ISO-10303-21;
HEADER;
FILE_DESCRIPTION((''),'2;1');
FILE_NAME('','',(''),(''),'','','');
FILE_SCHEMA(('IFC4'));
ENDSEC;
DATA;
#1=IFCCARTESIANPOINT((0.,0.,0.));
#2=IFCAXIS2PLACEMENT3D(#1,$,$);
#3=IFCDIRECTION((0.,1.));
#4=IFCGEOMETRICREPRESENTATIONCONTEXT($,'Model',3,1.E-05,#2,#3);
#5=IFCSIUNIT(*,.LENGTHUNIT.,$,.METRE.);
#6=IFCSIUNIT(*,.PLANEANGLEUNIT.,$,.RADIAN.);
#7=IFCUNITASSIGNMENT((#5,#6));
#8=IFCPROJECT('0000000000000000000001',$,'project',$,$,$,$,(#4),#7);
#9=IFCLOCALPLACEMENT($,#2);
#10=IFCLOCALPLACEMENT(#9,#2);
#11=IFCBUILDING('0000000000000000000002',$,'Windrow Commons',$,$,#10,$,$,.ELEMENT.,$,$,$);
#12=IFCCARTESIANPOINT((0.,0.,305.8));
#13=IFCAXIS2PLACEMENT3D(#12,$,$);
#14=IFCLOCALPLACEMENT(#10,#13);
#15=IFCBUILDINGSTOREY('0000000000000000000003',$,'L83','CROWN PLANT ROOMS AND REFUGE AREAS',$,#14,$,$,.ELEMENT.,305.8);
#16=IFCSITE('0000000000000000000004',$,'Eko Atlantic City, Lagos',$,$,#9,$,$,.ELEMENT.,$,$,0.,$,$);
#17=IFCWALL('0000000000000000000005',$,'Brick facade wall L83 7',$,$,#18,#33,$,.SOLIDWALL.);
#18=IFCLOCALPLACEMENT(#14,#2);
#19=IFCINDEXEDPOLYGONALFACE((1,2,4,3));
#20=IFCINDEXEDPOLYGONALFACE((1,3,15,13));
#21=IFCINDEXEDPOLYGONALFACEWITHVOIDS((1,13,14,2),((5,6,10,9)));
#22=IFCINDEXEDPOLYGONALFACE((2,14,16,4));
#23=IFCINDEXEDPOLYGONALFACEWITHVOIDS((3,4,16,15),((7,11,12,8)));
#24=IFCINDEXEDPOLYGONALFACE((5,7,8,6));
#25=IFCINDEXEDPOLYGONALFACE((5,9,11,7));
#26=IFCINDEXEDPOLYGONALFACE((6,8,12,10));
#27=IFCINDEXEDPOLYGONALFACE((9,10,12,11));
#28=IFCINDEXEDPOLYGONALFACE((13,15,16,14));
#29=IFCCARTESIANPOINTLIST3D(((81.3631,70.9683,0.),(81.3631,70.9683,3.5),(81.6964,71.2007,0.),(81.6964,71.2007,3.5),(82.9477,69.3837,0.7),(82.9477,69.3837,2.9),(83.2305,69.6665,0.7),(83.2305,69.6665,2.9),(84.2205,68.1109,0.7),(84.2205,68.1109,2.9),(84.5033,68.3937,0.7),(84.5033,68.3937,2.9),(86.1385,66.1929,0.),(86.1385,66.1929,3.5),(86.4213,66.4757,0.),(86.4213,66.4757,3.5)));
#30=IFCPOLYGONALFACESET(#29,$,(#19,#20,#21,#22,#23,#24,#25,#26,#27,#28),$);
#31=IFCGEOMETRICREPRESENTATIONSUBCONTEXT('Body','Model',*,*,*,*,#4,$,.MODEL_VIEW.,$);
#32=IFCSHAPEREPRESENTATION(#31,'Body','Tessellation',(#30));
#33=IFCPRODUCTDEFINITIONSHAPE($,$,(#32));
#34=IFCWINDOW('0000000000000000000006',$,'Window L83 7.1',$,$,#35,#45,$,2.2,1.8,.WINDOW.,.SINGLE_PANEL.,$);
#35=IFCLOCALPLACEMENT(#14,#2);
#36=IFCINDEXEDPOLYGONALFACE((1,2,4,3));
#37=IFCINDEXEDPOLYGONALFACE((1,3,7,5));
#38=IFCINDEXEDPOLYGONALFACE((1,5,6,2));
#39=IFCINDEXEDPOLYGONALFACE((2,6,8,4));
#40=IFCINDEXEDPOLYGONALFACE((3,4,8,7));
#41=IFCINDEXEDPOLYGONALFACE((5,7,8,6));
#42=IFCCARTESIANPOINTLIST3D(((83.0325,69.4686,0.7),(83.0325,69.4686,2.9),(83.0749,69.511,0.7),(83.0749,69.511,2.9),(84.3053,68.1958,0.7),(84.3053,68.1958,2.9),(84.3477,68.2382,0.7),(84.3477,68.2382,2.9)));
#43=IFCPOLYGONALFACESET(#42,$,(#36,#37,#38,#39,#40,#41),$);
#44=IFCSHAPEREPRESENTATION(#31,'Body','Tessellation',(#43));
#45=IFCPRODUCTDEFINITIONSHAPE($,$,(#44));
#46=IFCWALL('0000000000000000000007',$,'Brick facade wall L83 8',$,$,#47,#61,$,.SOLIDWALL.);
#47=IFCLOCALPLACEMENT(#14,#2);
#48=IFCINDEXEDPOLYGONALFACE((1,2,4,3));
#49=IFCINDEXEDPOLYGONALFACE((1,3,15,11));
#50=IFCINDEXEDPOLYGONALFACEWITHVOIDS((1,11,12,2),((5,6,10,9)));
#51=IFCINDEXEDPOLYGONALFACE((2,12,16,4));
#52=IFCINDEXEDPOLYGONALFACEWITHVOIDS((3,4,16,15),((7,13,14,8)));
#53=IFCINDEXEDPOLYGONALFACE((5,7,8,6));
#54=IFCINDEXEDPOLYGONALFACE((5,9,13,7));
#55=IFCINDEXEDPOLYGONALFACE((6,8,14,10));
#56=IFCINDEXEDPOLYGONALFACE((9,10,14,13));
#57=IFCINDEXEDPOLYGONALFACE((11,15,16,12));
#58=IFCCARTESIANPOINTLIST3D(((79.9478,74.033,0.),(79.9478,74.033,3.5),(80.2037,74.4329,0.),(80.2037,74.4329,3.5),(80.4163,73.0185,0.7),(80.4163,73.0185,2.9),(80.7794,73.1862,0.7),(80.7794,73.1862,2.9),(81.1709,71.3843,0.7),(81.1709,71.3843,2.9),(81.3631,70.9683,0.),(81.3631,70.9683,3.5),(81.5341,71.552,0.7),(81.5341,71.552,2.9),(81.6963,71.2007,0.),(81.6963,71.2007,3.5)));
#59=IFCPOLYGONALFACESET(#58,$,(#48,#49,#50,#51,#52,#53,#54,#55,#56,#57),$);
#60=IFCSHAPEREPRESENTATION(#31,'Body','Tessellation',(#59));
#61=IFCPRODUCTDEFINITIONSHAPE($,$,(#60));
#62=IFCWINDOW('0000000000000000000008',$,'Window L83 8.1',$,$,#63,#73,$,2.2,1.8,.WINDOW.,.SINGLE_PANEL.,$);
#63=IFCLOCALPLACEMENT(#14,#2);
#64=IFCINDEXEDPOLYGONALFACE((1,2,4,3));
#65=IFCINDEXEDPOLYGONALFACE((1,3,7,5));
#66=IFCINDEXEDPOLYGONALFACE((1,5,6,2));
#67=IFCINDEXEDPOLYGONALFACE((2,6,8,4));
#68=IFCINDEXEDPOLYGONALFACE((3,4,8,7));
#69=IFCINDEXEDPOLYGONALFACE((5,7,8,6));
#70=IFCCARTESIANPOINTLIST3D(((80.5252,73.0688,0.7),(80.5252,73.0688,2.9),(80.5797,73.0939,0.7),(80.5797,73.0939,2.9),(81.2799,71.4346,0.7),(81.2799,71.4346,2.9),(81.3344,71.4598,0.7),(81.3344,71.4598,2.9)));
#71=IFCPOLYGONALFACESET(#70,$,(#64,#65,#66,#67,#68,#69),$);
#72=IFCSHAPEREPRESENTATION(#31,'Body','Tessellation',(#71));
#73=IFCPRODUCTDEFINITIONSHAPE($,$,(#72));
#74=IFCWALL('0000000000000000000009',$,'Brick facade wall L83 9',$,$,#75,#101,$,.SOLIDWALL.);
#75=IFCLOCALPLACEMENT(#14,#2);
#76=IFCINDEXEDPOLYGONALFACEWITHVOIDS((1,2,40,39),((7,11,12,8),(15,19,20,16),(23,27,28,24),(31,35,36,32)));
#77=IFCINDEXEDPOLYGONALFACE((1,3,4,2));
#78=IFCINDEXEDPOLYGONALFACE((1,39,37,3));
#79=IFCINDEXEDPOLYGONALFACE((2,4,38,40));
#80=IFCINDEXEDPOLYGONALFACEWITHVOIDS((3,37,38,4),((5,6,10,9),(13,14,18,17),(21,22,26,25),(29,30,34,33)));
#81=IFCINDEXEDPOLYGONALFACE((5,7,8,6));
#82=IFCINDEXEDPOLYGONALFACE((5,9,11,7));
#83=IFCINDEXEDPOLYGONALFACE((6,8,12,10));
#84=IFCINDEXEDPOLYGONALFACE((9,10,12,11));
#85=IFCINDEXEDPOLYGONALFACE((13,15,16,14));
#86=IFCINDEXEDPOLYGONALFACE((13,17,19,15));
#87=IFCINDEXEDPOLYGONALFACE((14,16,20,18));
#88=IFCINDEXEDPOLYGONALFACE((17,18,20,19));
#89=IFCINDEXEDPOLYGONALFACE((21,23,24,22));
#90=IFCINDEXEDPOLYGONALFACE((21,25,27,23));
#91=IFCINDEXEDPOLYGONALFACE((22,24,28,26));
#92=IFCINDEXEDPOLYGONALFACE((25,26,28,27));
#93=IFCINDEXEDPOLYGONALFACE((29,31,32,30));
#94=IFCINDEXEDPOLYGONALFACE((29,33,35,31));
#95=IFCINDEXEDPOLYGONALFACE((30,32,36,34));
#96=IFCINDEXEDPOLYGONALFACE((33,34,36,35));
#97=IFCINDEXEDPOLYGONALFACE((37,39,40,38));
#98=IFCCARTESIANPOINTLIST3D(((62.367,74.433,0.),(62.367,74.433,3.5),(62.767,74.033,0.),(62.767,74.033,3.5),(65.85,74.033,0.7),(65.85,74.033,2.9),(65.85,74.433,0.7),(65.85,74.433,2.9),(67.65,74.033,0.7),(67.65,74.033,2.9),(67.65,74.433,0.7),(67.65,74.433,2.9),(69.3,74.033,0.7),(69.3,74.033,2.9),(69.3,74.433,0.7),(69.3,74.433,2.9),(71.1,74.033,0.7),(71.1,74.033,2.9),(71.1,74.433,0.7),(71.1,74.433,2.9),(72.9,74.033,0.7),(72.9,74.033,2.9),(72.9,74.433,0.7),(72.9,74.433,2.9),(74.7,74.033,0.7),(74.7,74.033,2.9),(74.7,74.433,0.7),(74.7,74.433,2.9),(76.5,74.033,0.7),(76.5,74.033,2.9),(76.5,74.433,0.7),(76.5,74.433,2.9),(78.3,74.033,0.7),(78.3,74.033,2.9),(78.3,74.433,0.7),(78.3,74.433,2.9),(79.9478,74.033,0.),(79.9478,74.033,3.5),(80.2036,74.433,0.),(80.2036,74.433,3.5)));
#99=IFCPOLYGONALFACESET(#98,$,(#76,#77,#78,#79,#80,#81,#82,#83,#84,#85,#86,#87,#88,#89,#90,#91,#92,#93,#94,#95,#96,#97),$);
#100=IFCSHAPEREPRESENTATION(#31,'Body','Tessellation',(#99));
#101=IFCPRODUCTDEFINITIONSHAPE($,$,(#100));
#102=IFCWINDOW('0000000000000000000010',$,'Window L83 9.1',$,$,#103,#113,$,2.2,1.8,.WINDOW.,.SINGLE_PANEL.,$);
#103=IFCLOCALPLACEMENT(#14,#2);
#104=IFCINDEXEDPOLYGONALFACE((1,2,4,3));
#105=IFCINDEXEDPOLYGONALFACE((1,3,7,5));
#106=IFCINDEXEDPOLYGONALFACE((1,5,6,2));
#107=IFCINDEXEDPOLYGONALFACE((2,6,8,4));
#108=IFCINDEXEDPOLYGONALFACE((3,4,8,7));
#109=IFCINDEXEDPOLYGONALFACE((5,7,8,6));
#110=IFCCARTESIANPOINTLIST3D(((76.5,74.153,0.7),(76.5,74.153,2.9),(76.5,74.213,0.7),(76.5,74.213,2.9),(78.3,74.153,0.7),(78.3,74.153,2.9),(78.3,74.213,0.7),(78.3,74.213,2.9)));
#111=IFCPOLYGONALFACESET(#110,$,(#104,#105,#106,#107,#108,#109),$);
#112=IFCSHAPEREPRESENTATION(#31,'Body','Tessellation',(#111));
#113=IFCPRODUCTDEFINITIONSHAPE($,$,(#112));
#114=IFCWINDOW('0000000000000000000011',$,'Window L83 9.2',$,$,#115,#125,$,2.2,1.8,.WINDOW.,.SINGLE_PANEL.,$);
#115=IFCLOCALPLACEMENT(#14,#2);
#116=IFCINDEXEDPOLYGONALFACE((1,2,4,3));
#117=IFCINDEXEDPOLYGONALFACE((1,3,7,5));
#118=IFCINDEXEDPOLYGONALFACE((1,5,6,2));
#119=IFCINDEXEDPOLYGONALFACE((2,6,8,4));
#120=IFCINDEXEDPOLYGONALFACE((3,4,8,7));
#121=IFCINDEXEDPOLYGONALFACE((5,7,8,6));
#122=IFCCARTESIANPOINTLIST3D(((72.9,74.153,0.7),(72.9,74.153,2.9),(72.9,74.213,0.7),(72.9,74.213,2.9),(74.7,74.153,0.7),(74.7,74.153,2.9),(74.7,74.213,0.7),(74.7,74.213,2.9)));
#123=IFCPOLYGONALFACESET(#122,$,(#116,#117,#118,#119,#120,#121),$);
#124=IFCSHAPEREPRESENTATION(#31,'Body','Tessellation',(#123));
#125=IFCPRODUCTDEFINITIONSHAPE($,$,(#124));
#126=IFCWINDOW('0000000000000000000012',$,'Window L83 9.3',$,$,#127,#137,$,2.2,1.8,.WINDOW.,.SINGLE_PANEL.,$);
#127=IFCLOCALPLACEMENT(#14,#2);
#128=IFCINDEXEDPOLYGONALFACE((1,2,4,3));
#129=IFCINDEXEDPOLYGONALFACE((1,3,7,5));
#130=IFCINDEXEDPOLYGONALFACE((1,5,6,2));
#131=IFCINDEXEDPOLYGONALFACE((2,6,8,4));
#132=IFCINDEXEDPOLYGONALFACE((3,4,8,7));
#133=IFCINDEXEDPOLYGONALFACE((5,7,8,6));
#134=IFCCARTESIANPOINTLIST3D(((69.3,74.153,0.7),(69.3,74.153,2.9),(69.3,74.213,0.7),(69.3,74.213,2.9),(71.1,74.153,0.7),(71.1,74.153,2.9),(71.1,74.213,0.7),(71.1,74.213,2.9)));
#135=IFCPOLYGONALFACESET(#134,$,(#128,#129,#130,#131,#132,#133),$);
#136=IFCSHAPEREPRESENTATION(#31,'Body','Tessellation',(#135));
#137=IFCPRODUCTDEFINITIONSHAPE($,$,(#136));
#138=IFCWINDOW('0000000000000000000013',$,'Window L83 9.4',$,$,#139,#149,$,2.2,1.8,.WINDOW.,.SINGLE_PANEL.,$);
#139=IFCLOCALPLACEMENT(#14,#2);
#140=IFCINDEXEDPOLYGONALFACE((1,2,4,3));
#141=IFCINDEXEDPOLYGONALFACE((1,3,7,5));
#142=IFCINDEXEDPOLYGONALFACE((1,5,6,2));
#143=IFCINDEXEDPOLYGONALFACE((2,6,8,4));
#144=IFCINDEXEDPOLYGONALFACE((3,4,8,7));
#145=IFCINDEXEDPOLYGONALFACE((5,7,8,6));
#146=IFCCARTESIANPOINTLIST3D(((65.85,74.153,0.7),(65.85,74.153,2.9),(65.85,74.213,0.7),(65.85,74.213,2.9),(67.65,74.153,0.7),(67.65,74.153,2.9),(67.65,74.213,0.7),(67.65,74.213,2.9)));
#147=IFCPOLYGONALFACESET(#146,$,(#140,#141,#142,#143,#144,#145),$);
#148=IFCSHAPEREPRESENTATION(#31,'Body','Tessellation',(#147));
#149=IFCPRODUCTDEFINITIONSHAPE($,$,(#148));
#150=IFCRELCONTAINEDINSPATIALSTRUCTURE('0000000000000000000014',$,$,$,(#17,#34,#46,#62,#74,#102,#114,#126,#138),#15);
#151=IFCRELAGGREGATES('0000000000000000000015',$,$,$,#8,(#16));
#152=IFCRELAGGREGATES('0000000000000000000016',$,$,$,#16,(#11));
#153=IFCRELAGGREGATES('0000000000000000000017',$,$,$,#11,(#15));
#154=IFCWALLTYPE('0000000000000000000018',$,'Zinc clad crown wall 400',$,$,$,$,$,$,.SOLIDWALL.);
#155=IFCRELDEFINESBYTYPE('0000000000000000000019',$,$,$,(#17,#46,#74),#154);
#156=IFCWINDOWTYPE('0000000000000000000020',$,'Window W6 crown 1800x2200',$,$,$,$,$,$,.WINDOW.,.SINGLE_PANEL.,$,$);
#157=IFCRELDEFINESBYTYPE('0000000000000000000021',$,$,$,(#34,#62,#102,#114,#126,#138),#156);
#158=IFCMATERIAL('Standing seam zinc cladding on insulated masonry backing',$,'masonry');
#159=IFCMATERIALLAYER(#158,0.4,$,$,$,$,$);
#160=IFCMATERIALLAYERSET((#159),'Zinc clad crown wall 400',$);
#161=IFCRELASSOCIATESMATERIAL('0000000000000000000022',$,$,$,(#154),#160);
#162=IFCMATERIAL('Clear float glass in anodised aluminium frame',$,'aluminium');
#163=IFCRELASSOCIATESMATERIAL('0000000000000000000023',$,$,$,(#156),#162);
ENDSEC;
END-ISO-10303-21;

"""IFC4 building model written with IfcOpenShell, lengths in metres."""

from ifc_helpers import new_model, si_unit, direction, frame, frame_2d, origin, place, context, subcontext, project, spatial, polyline, rectangle, outline, extrude, material, layer, layer_set, type_object, element, fill, save


model = new_model("IFC4")

# Units and contexts
model_context = context("Model", 3, precision=1e-05, world=origin(), true_north=direction((0.0, 1.0)))
body_context = subcontext(model_context, "Body", "Model", "MODEL_VIEW")
ifc_project = project(units=[si_unit("LENGTHUNIT", "METRE"), si_unit("PLANEANGLEUNIT", "RADIAN")], contexts=[model_context])

# Site, building, storey
site_placement = place(None, origin())
site = spatial("IfcSite", under=ifc_project, at=site_placement, Name="Eko Atlantic City, Lagos", CompositionType="ELEMENT", RefElevation=0.0)
building_placement = place(site_placement, origin())
building = spatial("IfcBuilding", under=site, at=building_placement, Name="Windrow Commons", CompositionType="ELEMENT")
storey_placement = place(building_placement, frame((0.0, 0.0, 305.8)))
storey = spatial("IfcBuildingStorey", under=building, at=storey_placement, Name="L83", Description="CROWN PLANT ROOMS AND REFUGE AREAS", CompositionType="ELEMENT", Elevation=305.8)

# Walls, openings, windows
ifc_material_1 = material(Name="Standing seam zinc cladding on insulated masonry backing", Category="masonry")
ifc_layer_1 = layer(ifc_material_1, 0.4)
ifc_layer_set_1 = layer_set([ifc_layer_1], Name="Zinc clad crown wall 400")
wall_type_1 = type_object("IfcWallType", Name="Zinc clad crown wall 400", PredefinedType="SOLIDWALL", material=ifc_layer_set_1)
wall_1_placement = place(storey_placement, frame((86.2799, 66.3343, 0.0), z_axis=(0.0, 0.0, 1.0), x_axis=(-0.707107, 0.707107, 0.0)))
wall_1 = element("IfcWall", 1, at=wall_1_placement, inside=storey, type_object=wall_type_1, Name="Brick facade wall L83 7", PredefinedType="SOLIDWALL", context=body_context, shape_type="SweptSolid", body=[
    extrude(outline(polyline([(0.0, -0.2), (6.6821, -0.2), (6.7534, 0.2), (0.0, 0.2), (0.0, -0.2)])), origin(), (0.0, 0.0, 1.0), 3.5),
])
opening_1_placement = place(wall_1_placement, frame((2.7125, 0.0, 0.7)))
opening_1 = element("IfcOpeningElement", 2, at=opening_1_placement, cuts=wall_1, PredefinedType="OPENING", context=body_context, shape_type="SweptSolid", body=[
    extrude(rectangle(XDim=1.8, YDim=2.2, at=frame_2d((0.9, 1.1))), frame((0.0, 0.21, 0.0), z_axis=(0.0, -1.0, 0.0), x_axis=(1.0, 0.0, 0.0)), (0.0, 0.0, 1.0), 0.42),
])
ifc_material_2 = material(Name="Clear float glass in anodised aluminium frame", Category="aluminium")
window_type = type_object("IfcWindowType", Name="Window W6 crown 1800x2200", PartitioningType="SINGLE_PANEL", PredefinedType="WINDOW", material=ifc_material_2)
window_1_placement = place(opening_1_placement, origin())
window_1 = element("IfcWindow", 3, at=window_1_placement, inside=storey, type_object=window_type, Name="Window L83 7.1", OverallHeight=2.2, OverallWidth=1.8, PartitioningType="SINGLE_PANEL", PredefinedType="WINDOW", context=body_context, shape_type="SweptSolid", body=[
    extrude(rectangle(XDim=1.8, YDim=2.2, at=frame_2d((0.9, 1.1))), frame((0.0, 0.08, 0.0), z_axis=(0.0, -1.0, 0.0), x_axis=(1.0, 0.0, 0.0)), (0.0, 0.0, 1.0), 0.06),
])
fill(opening_1, window_1)
wall_2_placement = place(storey_placement, frame((81.5297, 71.0845, 0.0), z_axis=(0.0, 0.0, 1.0), x_axis=(-0.419259, 0.907867, 0.0)))
wall_2 = element("IfcWall", 4, at=wall_2_placement, inside=storey, type_object=wall_type_1, Name="Brick facade wall L83 8", PredefinedType="SOLIDWALL", context=body_context, shape_type="SweptSolid", body=[
    extrude(outline(polyline([(0.0356, -0.2), (3.5959, -0.2), (3.3401, 0.2), (-0.0356, 0.2), (0.0356, -0.2)])), origin(), (0.0, 0.0, 1.0), 3.5),
])
opening_2_placement = place(wall_2_placement, frame((0.4226, 0.0, 0.7)))
opening_2 = element("IfcOpeningElement", 5, at=opening_2_placement, cuts=wall_2, PredefinedType="OPENING", context=body_context, shape_type="SweptSolid", body=[
    extrude(rectangle(XDim=1.8, YDim=2.2, at=frame_2d((0.9, 1.1))), frame((0.0, 0.21, 0.0), z_axis=(0.0, -1.0, 0.0), x_axis=(1.0, 0.0, 0.0)), (0.0, 0.0, 1.0), 0.42),
])
window_2_placement = place(opening_2_placement, origin())
window_2 = element("IfcWindow", 6, at=window_2_placement, inside=storey, type_object=window_type, Name="Window L83 8.1", OverallHeight=2.2, OverallWidth=1.8, PartitioningType="SINGLE_PANEL", PredefinedType="WINDOW", context=body_context, shape_type="SweptSolid", body=[
    extrude(rectangle(XDim=1.8, YDim=2.2, at=frame_2d((0.9, 1.1))), frame((0.0, 0.08, 0.0), z_axis=(0.0, -1.0, 0.0), x_axis=(1.0, 0.0, 0.0)), (0.0, 0.0, 1.0), 0.06),
])
fill(opening_2, window_2)

# Wall, openings, windows
wall_3_placement = place(storey_placement, frame((80.0757, 74.233, 0.0), z_axis=(0.0, 0.0, 1.0), x_axis=(-1.0, 0.0, 0.0)))
wall_3 = element("IfcWall", 7, at=wall_3_placement, inside=storey, type_object=wall_type_1, Name="Brick facade wall L83 9", PredefinedType="SOLIDWALL", context=body_context, shape_type="SweptSolid", body=[
    extrude(outline(polyline([(-0.1279, -0.2), (17.7087, -0.2), (17.3087, 0.2), (0.1279, 0.2), (-0.1279, -0.2)])), origin(), (0.0, 0.0, 1.0), 3.5),
])
opening_3_placement = place(wall_3_placement, frame((1.7757, 0.0, 0.7)))
opening_3 = element("IfcOpeningElement", 8, at=opening_3_placement, cuts=wall_3, PredefinedType="OPENING", context=body_context, shape_type="SweptSolid", body=[
    extrude(rectangle(XDim=1.8, YDim=2.2, at=frame_2d((0.9, 1.1))), frame((0.0, 0.21, 0.0), z_axis=(0.0, -1.0, 0.0), x_axis=(1.0, 0.0, 0.0)), (0.0, 0.0, 1.0), 0.42),
])
opening_4_placement = place(wall_3_placement, frame((5.3757, 0.0, 0.7)))
opening_4 = element("IfcOpeningElement", 9, at=opening_4_placement, cuts=wall_3, PredefinedType="OPENING", context=body_context, shape_type="SweptSolid", body=[
    extrude(rectangle(XDim=1.8, YDim=2.2, at=frame_2d((0.9, 1.1))), frame((0.0, 0.21, 0.0), z_axis=(0.0, -1.0, 0.0), x_axis=(1.0, 0.0, 0.0)), (0.0, 0.0, 1.0), 0.42),
])
opening_5_placement = place(wall_3_placement, frame((8.9757, 0.0, 0.7)))
opening_5 = element("IfcOpeningElement", 10, at=opening_5_placement, cuts=wall_3, PredefinedType="OPENING", context=body_context, shape_type="SweptSolid", body=[
    extrude(rectangle(XDim=1.8, YDim=2.2, at=frame_2d((0.9, 1.1))), frame((0.0, 0.21, 0.0), z_axis=(0.0, -1.0, 0.0), x_axis=(1.0, 0.0, 0.0)), (0.0, 0.0, 1.0), 0.42),
])
opening_6_placement = place(wall_3_placement, frame((12.4257, 0.0, 0.7)))
opening_6 = element("IfcOpeningElement", 11, at=opening_6_placement, cuts=wall_3, PredefinedType="OPENING", context=body_context, shape_type="SweptSolid", body=[
    extrude(rectangle(XDim=1.8, YDim=2.2, at=frame_2d((0.9, 1.1))), frame((0.0, 0.21, 0.0), z_axis=(0.0, -1.0, 0.0), x_axis=(1.0, 0.0, 0.0)), (0.0, 0.0, 1.0), 0.42),
])
window_3_placement = place(opening_3_placement, origin())
window_3 = element("IfcWindow", 12, at=window_3_placement, inside=storey, type_object=window_type, Name="Window L83 9.1", OverallHeight=2.2, OverallWidth=1.8, PartitioningType="SINGLE_PANEL", PredefinedType="WINDOW", context=body_context, shape_type="SweptSolid", body=[
    extrude(rectangle(XDim=1.8, YDim=2.2, at=frame_2d((0.9, 1.1))), frame((0.0, 0.08, 0.0), z_axis=(0.0, -1.0, 0.0), x_axis=(1.0, 0.0, 0.0)), (0.0, 0.0, 1.0), 0.06),
])
fill(opening_3, window_3)
window_4_placement = place(opening_4_placement, origin())
window_4 = element("IfcWindow", 13, at=window_4_placement, inside=storey, type_object=window_type, Name="Window L83 9.2", OverallHeight=2.2, OverallWidth=1.8, PartitioningType="SINGLE_PANEL", PredefinedType="WINDOW", context=body_context, shape_type="SweptSolid", body=[
    extrude(rectangle(XDim=1.8, YDim=2.2, at=frame_2d((0.9, 1.1))), frame((0.0, 0.08, 0.0), z_axis=(0.0, -1.0, 0.0), x_axis=(1.0, 0.0, 0.0)), (0.0, 0.0, 1.0), 0.06),
])
fill(opening_4, window_4)
window_5_placement = place(opening_5_placement, origin())
window_5 = element("IfcWindow", 14, at=window_5_placement, inside=storey, type_object=window_type, Name="Window L83 9.3", OverallHeight=2.2, OverallWidth=1.8, PartitioningType="SINGLE_PANEL", PredefinedType="WINDOW", context=body_context, shape_type="SweptSolid", body=[
    extrude(rectangle(XDim=1.8, YDim=2.2, at=frame_2d((0.9, 1.1))), frame((0.0, 0.08, 0.0), z_axis=(0.0, -1.0, 0.0), x_axis=(1.0, 0.0, 0.0)), (0.0, 0.0, 1.0), 0.06),
])
fill(opening_5, window_5)
window_6_placement = place(opening_6_placement, origin())
window_6 = element("IfcWindow", 15, at=window_6_placement, inside=storey, type_object=window_type, Name="Window L83 9.4", OverallHeight=2.2, OverallWidth=1.8, PartitioningType="SINGLE_PANEL", PredefinedType="WINDOW", context=body_context, shape_type="SweptSolid", body=[
    extrude(rectangle(XDim=1.8, YDim=2.2, at=frame_2d((0.9, 1.1))), frame((0.0, 0.08, 0.0), z_axis=(0.0, -1.0, 0.0), x_axis=(1.0, 0.0, 0.0)), (0.0, 0.0, 1.0), 0.06),
])
fill(opening_6, window_6)

save(model, "model.ifc")
